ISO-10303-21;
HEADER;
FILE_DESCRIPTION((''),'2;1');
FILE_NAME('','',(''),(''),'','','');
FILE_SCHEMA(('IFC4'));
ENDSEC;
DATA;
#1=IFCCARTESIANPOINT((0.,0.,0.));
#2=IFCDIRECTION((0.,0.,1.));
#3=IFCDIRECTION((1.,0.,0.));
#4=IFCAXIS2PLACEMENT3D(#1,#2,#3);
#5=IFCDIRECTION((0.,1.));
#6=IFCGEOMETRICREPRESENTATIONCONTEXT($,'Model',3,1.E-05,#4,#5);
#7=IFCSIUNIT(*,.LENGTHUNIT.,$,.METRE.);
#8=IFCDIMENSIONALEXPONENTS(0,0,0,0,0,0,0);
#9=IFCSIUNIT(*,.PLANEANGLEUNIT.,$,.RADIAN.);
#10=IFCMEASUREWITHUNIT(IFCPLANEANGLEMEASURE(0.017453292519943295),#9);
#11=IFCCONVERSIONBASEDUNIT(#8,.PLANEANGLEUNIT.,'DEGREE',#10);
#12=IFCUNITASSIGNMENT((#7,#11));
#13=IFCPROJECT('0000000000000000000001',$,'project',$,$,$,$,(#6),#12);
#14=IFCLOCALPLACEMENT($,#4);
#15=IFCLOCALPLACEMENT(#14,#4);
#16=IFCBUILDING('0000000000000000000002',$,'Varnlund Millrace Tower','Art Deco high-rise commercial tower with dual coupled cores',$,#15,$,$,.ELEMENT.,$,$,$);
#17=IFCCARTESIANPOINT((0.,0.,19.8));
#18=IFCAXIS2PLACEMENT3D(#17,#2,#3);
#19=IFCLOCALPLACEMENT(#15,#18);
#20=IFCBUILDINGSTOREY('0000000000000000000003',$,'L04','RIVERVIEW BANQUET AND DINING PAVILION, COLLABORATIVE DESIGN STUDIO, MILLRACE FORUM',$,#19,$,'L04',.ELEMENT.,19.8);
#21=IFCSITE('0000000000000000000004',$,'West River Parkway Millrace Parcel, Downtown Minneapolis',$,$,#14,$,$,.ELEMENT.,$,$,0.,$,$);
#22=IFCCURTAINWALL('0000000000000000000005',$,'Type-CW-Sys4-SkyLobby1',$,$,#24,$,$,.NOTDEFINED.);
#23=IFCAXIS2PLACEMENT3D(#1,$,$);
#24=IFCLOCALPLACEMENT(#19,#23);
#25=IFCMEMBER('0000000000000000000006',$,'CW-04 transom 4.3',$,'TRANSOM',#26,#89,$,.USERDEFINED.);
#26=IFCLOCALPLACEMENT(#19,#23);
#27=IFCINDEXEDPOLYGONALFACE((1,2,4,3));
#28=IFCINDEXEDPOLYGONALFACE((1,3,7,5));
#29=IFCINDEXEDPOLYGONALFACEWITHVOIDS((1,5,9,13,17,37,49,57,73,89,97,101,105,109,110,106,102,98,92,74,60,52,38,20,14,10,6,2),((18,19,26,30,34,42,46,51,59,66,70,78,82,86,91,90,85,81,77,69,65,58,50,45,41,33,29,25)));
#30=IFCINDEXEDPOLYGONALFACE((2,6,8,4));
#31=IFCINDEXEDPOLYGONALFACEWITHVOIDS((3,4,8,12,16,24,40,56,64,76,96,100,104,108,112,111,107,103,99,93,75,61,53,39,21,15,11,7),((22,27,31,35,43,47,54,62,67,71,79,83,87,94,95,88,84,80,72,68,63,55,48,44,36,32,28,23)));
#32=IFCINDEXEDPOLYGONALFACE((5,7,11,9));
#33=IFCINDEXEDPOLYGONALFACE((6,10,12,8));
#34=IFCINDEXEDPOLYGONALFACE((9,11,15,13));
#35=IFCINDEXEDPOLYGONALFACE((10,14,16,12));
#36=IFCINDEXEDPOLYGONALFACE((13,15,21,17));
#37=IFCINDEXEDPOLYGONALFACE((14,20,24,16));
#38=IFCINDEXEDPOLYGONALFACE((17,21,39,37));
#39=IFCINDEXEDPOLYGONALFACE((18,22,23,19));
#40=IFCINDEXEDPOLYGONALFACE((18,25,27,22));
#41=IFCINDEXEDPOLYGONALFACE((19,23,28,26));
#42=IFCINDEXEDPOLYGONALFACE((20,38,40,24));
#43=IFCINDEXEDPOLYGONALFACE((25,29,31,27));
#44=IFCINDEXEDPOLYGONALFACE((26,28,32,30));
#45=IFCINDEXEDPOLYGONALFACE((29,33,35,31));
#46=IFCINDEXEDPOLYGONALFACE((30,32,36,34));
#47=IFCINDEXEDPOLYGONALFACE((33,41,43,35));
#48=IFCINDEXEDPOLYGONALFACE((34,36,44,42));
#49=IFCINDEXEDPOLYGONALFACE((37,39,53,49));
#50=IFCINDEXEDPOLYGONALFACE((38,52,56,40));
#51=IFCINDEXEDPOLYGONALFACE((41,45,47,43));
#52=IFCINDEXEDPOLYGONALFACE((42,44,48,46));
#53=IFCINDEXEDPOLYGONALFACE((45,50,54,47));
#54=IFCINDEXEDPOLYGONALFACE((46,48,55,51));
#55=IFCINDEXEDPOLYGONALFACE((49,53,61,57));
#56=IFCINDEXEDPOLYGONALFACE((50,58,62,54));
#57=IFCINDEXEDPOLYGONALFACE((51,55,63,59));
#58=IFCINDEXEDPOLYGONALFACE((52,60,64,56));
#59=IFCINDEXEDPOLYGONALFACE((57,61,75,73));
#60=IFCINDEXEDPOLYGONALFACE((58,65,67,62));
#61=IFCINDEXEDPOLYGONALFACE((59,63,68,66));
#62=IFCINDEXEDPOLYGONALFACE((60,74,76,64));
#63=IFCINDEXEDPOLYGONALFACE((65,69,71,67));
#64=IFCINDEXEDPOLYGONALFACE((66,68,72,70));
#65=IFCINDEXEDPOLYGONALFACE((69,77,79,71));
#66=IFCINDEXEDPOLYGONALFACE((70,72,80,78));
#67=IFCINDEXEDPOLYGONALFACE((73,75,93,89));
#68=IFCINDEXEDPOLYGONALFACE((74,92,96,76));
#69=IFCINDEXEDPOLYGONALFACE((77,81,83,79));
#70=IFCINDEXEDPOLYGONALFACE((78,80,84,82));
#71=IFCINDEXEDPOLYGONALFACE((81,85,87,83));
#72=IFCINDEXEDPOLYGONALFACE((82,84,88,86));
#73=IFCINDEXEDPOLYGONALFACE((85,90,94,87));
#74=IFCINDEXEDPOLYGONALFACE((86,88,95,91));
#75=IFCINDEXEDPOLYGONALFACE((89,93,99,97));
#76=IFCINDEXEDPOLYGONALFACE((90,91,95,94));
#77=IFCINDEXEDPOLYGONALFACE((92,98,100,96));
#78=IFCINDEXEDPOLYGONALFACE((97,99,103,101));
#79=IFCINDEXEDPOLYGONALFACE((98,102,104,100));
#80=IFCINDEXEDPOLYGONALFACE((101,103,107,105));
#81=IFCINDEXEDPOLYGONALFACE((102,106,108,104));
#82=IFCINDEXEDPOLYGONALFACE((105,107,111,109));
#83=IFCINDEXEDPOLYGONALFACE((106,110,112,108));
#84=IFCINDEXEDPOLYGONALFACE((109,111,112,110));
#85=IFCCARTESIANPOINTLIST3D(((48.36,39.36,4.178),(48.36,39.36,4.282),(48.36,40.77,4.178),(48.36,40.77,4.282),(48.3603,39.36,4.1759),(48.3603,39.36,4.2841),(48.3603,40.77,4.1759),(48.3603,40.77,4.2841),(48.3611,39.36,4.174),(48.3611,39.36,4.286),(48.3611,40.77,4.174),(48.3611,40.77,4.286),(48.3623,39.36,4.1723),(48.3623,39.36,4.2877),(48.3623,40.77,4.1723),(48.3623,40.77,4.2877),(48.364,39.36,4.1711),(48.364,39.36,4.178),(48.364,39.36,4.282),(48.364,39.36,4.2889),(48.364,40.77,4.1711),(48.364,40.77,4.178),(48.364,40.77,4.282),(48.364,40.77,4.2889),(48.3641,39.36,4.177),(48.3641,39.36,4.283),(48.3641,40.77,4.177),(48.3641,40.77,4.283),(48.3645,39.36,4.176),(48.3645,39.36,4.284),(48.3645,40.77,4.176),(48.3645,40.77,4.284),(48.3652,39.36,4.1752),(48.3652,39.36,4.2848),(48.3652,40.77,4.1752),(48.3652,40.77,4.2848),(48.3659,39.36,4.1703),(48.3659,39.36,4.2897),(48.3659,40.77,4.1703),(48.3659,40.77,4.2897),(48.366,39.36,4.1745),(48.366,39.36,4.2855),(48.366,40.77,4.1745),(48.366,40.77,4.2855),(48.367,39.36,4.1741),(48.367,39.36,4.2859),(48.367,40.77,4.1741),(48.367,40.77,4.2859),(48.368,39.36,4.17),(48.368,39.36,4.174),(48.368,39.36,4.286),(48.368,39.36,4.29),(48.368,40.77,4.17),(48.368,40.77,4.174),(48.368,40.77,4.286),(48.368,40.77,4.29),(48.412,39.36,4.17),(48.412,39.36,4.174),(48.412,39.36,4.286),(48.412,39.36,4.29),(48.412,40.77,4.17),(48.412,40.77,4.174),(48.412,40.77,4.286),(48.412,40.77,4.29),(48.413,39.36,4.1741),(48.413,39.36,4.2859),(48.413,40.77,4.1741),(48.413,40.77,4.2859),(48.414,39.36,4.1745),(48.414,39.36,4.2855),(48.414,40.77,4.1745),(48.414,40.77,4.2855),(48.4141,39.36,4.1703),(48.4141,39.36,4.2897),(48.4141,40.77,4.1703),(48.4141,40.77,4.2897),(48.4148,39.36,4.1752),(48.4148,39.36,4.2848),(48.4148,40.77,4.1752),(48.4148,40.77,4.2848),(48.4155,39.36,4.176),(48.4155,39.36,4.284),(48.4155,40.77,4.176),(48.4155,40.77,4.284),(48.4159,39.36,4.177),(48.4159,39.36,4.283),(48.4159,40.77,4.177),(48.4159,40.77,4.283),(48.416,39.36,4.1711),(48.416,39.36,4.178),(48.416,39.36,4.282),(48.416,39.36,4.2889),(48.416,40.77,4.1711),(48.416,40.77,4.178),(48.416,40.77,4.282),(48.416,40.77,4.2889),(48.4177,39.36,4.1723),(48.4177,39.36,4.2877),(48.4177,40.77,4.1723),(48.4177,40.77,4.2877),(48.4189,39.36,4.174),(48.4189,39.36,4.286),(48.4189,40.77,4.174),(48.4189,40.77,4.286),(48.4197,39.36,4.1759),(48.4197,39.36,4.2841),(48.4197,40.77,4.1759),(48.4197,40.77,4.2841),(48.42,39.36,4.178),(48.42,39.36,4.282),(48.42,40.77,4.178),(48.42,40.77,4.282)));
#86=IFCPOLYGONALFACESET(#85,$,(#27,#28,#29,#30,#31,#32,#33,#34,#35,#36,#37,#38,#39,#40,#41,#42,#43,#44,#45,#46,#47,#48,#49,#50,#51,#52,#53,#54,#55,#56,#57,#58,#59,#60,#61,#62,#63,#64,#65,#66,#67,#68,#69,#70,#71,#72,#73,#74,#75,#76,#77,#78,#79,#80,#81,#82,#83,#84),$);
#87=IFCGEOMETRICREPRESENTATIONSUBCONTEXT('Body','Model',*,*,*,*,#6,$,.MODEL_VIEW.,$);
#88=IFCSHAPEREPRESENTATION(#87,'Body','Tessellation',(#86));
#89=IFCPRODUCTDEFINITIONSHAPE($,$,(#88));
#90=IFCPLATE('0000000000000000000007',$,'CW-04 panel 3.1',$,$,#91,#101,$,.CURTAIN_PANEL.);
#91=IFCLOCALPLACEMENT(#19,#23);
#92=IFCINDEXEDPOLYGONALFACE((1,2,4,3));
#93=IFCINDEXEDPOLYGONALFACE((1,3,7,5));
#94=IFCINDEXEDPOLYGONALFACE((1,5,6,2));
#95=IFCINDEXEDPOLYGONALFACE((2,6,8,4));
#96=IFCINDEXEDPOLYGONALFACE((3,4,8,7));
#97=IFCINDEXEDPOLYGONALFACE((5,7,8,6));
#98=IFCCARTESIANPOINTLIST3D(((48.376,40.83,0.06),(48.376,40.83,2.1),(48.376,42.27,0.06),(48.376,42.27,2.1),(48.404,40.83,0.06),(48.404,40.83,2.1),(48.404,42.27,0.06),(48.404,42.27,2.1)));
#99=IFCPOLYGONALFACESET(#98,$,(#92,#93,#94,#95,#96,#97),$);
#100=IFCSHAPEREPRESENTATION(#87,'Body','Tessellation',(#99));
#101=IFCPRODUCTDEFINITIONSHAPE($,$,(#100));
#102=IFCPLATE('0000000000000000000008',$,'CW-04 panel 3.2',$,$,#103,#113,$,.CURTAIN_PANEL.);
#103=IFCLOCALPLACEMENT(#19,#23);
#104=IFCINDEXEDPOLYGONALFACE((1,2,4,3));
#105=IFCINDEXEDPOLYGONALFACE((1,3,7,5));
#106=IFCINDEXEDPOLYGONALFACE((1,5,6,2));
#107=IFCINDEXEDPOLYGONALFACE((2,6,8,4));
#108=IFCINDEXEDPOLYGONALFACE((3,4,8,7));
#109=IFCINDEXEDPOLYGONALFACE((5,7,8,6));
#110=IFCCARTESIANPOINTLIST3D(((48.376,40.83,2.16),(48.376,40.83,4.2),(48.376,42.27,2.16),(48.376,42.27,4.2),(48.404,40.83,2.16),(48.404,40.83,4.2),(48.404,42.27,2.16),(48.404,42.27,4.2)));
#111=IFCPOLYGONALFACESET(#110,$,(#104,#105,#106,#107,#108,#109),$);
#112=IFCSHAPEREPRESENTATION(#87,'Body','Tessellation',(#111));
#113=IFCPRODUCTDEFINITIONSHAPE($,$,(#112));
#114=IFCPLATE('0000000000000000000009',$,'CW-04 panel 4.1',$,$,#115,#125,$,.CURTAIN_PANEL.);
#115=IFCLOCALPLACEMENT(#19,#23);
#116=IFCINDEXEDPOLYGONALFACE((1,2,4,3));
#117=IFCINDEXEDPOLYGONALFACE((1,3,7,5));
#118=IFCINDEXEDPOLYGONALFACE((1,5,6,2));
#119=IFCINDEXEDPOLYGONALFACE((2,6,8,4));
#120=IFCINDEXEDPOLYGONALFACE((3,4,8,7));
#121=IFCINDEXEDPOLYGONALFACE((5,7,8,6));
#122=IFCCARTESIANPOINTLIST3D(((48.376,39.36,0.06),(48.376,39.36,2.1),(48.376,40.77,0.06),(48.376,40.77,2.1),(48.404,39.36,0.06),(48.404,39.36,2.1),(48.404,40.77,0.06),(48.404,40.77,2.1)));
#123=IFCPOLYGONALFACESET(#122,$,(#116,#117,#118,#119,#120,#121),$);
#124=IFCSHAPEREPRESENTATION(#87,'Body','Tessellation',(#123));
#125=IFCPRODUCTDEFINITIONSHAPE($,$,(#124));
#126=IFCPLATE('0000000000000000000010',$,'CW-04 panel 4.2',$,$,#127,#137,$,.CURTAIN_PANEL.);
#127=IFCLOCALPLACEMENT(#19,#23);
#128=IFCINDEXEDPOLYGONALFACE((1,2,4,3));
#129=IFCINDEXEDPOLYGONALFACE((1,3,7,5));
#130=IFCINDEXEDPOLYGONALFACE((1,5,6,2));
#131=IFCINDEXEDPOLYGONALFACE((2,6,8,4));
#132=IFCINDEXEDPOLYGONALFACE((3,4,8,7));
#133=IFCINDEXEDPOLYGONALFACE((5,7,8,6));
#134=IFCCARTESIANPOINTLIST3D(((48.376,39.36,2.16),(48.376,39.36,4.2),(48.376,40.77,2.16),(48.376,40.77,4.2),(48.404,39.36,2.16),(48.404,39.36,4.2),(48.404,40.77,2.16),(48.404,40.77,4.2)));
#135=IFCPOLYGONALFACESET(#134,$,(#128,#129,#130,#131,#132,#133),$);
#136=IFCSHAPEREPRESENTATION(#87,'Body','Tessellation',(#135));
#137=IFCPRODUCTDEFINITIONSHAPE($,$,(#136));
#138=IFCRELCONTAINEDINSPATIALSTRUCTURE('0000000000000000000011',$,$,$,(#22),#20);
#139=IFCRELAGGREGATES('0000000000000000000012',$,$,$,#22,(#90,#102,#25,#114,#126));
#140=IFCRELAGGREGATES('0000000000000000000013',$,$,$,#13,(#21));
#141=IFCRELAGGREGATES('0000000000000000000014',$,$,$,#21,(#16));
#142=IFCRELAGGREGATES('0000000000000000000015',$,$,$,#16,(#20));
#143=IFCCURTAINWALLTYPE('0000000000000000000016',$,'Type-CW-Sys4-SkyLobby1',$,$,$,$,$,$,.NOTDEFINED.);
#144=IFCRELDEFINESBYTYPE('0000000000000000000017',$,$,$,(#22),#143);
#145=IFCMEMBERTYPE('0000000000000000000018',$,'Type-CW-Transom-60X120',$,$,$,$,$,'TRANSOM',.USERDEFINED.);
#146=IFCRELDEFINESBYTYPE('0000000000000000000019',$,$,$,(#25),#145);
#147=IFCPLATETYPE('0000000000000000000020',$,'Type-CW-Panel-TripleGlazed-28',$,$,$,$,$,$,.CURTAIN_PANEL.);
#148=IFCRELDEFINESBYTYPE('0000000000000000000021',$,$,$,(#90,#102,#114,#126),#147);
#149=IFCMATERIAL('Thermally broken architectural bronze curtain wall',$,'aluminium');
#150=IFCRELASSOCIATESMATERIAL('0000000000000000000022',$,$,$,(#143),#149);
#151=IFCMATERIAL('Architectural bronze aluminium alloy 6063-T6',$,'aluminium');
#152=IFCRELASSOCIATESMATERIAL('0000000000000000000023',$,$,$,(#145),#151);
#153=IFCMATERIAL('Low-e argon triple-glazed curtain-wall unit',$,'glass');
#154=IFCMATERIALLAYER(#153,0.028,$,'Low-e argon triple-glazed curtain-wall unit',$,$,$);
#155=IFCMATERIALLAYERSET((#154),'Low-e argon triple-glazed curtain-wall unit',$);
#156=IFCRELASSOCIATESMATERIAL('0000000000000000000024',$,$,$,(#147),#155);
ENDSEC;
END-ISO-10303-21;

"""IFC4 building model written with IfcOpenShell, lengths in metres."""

from ifc_helpers import new_model, entity, si_unit, converted_unit, direction, frame, origin_with_axes, origin_2d_with_axis, place, context, subcontext, project, spatial, rectangle, hollow_rectangle, extrude, material, layer, layer_set, material_profile, profile_set, type_object, element, aggregate, save


model = new_model("IFC4")

# Units and contexts
model_context = context("Model", 3, precision=1e-05, world=origin_with_axes(), true_north=direction((0.0, 1.0)))
body_context = subcontext(model_context, "Body", "Model", "MODEL_VIEW")
ifc_project = project(units=[si_unit("LENGTHUNIT", "METRE"), converted_unit("PLANEANGLEUNIT", "DEGREE", entity("IfcPlaneAngleMeasure", 0.017453292519943295), si_unit("PLANEANGLEUNIT", "RADIAN"), dimensions=[0, 0, 0, 0, 0, 0, 0])], contexts=[model_context])

# Site, building, storey
site_placement = place(None, origin_with_axes())
site = spatial("IfcSite", under=ifc_project, at=site_placement, Name="West River Parkway Millrace Parcel, Downtown Minneapolis", CompositionType="ELEMENT", RefElevation=0.0)
building_placement = place(site_placement, origin_with_axes())
building = spatial("IfcBuilding", under=site, at=building_placement, Name="Varnlund Millrace Tower", Description="Art Deco high-rise commercial tower with dual coupled cores", CompositionType="ELEMENT")
storey_placement = place(building_placement, frame((0.0, 0.0, 19.8), z_axis=(0.0, 0.0, 1.0), x_axis=(1.0, 0.0, 0.0)))
storey = spatial("IfcBuildingStorey", under=building, at=storey_placement, Name="L04", Description="RIVERVIEW BANQUET AND DINING PAVILION, COLLABORATIVE DESIGN STUDIO, MILLRACE FORUM", LongName="L04", CompositionType="ELEMENT", Elevation=19.8)

# Curtain wall
ifc_material_1 = material(Name="Thermally broken architectural bronze curtain wall", Category="aluminium")
curtain_wall_type = type_object("IfcCurtainWallType", Name="Type-CW-Sys4-SkyLobby1", PredefinedType="NOTDEFINED", material=ifc_material_1)
curtain_wall_1_placement = place(storey_placement, frame((48.39, 45.3, 0.0), z_axis=(0.0, 0.0, 1.0), x_axis=(1.0, 0.0, 0.0)))
curtain_wall_1 = element("IfcCurtainWall", 1, at=curtain_wall_1_placement, inside=storey, type_object=curtain_wall_type, Name="Type-CW-Sys4-SkyLobby1", PredefinedType="NOTDEFINED")
ifc_material_2 = material(Name="Architectural bronze aluminium alloy 6063-T6", Category="aluminium")

# Member
ifc_material_profile_1 = material_profile(ifc_material_2, hollow_rectangle(XDim=0.06, YDim=0.12, WallThickness=0.004, InnerFilletRadius=0.004, OuterFilletRadius=0.008, at=origin_2d_with_axis()), Name="Architectural bronze aluminium alloy 6063-T6")
ifc_profile_set_1 = profile_set([ifc_material_profile_1], Name="Architectural bronze aluminium alloy 6063-T6")
member_type_1 = type_object("IfcMemberType", Name="Type-CW-Transom-60X120", ElementType="TRANSOM", PredefinedType="USERDEFINED", material=ifc_profile_set_1)
member_1_placement = place(storey_placement, frame((48.39, 40.77, 4.23), z_axis=(0.0, -1.0, 0.0), x_axis=(1.0, 0.0, 0.0)))
member_1 = element("IfcMember", 2, at=member_1_placement, type_object=member_type_1, Name="CW-04 transom 4.3", ObjectType="TRANSOM", PredefinedType="USERDEFINED", context=body_context, shape_type="SweptSolid", body=[
    extrude(hollow_rectangle(XDim=0.06, YDim=0.12, WallThickness=0.004, InnerFilletRadius=0.004, OuterFilletRadius=0.008, at=origin_2d_with_axis()), origin_with_axes(), (0.0, 0.0, 1.0), 1.41),
])

# Plates
ifc_material_3 = material(Name="Low-e argon triple-glazed curtain-wall unit", Category="glass")
ifc_layer_1 = layer(ifc_material_3, 0.028, Name="Low-e argon triple-glazed curtain-wall unit")
ifc_layer_set_1 = layer_set([ifc_layer_1], Name="Low-e argon triple-glazed curtain-wall unit")
plate_type = type_object("IfcPlateType", Name="Type-CW-Panel-TripleGlazed-28", PredefinedType="CURTAIN_PANEL", material=ifc_layer_set_1)
plate_1_placement = place(storey_placement, frame((48.39, 41.55, 0.06), z_axis=(0.0, 0.0, 1.0), x_axis=(0.0, -1.0, 0.0)))
plate_1 = element("IfcPlate", 3, at=plate_1_placement, type_object=plate_type, Name="CW-04 panel 3.1", PredefinedType="CURTAIN_PANEL", context=body_context, shape_type="SweptSolid", body=[
    extrude(rectangle(XDim=1.44, YDim=0.028, at=origin_2d_with_axis()), origin_with_axes(), (0.0, 0.0, 1.0), 2.04),
])
plate_2_placement = place(storey_placement, frame((48.39, 41.55, 2.16), z_axis=(0.0, 0.0, 1.0), x_axis=(0.0, -1.0, 0.0)))
plate_2 = element("IfcPlate", 4, at=plate_2_placement, type_object=plate_type, Name="CW-04 panel 3.2", PredefinedType="CURTAIN_PANEL", context=body_context, shape_type="SweptSolid", body=[
    extrude(rectangle(XDim=1.44, YDim=0.028, at=origin_2d_with_axis()), origin_with_axes(), (0.0, 0.0, 1.0), 2.04),
])
plate_3_placement = place(storey_placement, frame((48.39, 40.065, 0.06), z_axis=(0.0, 0.0, 1.0), x_axis=(0.0, -1.0, 0.0)))
plate_3 = element("IfcPlate", 5, at=plate_3_placement, type_object=plate_type, Name="CW-04 panel 4.1", PredefinedType="CURTAIN_PANEL", context=body_context, shape_type="SweptSolid", body=[
    extrude(rectangle(XDim=1.41, YDim=0.028, at=origin_2d_with_axis()), origin_with_axes(), (0.0, 0.0, 1.0), 2.04),
])
plate_4_placement = place(storey_placement, frame((48.39, 40.065, 2.16), z_axis=(0.0, 0.0, 1.0), x_axis=(0.0, -1.0, 0.0)))
plate_4 = element("IfcPlate", 6, at=plate_4_placement, type_object=plate_type, Name="CW-04 panel 4.2", PredefinedType="CURTAIN_PANEL", context=body_context, shape_type="SweptSolid", body=[
    extrude(rectangle(XDim=1.41, YDim=0.028, at=origin_2d_with_axis()), origin_with_axes(), (0.0, 0.0, 1.0), 2.04),
])
aggregate(curtain_wall_1, [plate_1, plate_2, member_1, plate_3, plate_4])

save(model, "model.ifc")
